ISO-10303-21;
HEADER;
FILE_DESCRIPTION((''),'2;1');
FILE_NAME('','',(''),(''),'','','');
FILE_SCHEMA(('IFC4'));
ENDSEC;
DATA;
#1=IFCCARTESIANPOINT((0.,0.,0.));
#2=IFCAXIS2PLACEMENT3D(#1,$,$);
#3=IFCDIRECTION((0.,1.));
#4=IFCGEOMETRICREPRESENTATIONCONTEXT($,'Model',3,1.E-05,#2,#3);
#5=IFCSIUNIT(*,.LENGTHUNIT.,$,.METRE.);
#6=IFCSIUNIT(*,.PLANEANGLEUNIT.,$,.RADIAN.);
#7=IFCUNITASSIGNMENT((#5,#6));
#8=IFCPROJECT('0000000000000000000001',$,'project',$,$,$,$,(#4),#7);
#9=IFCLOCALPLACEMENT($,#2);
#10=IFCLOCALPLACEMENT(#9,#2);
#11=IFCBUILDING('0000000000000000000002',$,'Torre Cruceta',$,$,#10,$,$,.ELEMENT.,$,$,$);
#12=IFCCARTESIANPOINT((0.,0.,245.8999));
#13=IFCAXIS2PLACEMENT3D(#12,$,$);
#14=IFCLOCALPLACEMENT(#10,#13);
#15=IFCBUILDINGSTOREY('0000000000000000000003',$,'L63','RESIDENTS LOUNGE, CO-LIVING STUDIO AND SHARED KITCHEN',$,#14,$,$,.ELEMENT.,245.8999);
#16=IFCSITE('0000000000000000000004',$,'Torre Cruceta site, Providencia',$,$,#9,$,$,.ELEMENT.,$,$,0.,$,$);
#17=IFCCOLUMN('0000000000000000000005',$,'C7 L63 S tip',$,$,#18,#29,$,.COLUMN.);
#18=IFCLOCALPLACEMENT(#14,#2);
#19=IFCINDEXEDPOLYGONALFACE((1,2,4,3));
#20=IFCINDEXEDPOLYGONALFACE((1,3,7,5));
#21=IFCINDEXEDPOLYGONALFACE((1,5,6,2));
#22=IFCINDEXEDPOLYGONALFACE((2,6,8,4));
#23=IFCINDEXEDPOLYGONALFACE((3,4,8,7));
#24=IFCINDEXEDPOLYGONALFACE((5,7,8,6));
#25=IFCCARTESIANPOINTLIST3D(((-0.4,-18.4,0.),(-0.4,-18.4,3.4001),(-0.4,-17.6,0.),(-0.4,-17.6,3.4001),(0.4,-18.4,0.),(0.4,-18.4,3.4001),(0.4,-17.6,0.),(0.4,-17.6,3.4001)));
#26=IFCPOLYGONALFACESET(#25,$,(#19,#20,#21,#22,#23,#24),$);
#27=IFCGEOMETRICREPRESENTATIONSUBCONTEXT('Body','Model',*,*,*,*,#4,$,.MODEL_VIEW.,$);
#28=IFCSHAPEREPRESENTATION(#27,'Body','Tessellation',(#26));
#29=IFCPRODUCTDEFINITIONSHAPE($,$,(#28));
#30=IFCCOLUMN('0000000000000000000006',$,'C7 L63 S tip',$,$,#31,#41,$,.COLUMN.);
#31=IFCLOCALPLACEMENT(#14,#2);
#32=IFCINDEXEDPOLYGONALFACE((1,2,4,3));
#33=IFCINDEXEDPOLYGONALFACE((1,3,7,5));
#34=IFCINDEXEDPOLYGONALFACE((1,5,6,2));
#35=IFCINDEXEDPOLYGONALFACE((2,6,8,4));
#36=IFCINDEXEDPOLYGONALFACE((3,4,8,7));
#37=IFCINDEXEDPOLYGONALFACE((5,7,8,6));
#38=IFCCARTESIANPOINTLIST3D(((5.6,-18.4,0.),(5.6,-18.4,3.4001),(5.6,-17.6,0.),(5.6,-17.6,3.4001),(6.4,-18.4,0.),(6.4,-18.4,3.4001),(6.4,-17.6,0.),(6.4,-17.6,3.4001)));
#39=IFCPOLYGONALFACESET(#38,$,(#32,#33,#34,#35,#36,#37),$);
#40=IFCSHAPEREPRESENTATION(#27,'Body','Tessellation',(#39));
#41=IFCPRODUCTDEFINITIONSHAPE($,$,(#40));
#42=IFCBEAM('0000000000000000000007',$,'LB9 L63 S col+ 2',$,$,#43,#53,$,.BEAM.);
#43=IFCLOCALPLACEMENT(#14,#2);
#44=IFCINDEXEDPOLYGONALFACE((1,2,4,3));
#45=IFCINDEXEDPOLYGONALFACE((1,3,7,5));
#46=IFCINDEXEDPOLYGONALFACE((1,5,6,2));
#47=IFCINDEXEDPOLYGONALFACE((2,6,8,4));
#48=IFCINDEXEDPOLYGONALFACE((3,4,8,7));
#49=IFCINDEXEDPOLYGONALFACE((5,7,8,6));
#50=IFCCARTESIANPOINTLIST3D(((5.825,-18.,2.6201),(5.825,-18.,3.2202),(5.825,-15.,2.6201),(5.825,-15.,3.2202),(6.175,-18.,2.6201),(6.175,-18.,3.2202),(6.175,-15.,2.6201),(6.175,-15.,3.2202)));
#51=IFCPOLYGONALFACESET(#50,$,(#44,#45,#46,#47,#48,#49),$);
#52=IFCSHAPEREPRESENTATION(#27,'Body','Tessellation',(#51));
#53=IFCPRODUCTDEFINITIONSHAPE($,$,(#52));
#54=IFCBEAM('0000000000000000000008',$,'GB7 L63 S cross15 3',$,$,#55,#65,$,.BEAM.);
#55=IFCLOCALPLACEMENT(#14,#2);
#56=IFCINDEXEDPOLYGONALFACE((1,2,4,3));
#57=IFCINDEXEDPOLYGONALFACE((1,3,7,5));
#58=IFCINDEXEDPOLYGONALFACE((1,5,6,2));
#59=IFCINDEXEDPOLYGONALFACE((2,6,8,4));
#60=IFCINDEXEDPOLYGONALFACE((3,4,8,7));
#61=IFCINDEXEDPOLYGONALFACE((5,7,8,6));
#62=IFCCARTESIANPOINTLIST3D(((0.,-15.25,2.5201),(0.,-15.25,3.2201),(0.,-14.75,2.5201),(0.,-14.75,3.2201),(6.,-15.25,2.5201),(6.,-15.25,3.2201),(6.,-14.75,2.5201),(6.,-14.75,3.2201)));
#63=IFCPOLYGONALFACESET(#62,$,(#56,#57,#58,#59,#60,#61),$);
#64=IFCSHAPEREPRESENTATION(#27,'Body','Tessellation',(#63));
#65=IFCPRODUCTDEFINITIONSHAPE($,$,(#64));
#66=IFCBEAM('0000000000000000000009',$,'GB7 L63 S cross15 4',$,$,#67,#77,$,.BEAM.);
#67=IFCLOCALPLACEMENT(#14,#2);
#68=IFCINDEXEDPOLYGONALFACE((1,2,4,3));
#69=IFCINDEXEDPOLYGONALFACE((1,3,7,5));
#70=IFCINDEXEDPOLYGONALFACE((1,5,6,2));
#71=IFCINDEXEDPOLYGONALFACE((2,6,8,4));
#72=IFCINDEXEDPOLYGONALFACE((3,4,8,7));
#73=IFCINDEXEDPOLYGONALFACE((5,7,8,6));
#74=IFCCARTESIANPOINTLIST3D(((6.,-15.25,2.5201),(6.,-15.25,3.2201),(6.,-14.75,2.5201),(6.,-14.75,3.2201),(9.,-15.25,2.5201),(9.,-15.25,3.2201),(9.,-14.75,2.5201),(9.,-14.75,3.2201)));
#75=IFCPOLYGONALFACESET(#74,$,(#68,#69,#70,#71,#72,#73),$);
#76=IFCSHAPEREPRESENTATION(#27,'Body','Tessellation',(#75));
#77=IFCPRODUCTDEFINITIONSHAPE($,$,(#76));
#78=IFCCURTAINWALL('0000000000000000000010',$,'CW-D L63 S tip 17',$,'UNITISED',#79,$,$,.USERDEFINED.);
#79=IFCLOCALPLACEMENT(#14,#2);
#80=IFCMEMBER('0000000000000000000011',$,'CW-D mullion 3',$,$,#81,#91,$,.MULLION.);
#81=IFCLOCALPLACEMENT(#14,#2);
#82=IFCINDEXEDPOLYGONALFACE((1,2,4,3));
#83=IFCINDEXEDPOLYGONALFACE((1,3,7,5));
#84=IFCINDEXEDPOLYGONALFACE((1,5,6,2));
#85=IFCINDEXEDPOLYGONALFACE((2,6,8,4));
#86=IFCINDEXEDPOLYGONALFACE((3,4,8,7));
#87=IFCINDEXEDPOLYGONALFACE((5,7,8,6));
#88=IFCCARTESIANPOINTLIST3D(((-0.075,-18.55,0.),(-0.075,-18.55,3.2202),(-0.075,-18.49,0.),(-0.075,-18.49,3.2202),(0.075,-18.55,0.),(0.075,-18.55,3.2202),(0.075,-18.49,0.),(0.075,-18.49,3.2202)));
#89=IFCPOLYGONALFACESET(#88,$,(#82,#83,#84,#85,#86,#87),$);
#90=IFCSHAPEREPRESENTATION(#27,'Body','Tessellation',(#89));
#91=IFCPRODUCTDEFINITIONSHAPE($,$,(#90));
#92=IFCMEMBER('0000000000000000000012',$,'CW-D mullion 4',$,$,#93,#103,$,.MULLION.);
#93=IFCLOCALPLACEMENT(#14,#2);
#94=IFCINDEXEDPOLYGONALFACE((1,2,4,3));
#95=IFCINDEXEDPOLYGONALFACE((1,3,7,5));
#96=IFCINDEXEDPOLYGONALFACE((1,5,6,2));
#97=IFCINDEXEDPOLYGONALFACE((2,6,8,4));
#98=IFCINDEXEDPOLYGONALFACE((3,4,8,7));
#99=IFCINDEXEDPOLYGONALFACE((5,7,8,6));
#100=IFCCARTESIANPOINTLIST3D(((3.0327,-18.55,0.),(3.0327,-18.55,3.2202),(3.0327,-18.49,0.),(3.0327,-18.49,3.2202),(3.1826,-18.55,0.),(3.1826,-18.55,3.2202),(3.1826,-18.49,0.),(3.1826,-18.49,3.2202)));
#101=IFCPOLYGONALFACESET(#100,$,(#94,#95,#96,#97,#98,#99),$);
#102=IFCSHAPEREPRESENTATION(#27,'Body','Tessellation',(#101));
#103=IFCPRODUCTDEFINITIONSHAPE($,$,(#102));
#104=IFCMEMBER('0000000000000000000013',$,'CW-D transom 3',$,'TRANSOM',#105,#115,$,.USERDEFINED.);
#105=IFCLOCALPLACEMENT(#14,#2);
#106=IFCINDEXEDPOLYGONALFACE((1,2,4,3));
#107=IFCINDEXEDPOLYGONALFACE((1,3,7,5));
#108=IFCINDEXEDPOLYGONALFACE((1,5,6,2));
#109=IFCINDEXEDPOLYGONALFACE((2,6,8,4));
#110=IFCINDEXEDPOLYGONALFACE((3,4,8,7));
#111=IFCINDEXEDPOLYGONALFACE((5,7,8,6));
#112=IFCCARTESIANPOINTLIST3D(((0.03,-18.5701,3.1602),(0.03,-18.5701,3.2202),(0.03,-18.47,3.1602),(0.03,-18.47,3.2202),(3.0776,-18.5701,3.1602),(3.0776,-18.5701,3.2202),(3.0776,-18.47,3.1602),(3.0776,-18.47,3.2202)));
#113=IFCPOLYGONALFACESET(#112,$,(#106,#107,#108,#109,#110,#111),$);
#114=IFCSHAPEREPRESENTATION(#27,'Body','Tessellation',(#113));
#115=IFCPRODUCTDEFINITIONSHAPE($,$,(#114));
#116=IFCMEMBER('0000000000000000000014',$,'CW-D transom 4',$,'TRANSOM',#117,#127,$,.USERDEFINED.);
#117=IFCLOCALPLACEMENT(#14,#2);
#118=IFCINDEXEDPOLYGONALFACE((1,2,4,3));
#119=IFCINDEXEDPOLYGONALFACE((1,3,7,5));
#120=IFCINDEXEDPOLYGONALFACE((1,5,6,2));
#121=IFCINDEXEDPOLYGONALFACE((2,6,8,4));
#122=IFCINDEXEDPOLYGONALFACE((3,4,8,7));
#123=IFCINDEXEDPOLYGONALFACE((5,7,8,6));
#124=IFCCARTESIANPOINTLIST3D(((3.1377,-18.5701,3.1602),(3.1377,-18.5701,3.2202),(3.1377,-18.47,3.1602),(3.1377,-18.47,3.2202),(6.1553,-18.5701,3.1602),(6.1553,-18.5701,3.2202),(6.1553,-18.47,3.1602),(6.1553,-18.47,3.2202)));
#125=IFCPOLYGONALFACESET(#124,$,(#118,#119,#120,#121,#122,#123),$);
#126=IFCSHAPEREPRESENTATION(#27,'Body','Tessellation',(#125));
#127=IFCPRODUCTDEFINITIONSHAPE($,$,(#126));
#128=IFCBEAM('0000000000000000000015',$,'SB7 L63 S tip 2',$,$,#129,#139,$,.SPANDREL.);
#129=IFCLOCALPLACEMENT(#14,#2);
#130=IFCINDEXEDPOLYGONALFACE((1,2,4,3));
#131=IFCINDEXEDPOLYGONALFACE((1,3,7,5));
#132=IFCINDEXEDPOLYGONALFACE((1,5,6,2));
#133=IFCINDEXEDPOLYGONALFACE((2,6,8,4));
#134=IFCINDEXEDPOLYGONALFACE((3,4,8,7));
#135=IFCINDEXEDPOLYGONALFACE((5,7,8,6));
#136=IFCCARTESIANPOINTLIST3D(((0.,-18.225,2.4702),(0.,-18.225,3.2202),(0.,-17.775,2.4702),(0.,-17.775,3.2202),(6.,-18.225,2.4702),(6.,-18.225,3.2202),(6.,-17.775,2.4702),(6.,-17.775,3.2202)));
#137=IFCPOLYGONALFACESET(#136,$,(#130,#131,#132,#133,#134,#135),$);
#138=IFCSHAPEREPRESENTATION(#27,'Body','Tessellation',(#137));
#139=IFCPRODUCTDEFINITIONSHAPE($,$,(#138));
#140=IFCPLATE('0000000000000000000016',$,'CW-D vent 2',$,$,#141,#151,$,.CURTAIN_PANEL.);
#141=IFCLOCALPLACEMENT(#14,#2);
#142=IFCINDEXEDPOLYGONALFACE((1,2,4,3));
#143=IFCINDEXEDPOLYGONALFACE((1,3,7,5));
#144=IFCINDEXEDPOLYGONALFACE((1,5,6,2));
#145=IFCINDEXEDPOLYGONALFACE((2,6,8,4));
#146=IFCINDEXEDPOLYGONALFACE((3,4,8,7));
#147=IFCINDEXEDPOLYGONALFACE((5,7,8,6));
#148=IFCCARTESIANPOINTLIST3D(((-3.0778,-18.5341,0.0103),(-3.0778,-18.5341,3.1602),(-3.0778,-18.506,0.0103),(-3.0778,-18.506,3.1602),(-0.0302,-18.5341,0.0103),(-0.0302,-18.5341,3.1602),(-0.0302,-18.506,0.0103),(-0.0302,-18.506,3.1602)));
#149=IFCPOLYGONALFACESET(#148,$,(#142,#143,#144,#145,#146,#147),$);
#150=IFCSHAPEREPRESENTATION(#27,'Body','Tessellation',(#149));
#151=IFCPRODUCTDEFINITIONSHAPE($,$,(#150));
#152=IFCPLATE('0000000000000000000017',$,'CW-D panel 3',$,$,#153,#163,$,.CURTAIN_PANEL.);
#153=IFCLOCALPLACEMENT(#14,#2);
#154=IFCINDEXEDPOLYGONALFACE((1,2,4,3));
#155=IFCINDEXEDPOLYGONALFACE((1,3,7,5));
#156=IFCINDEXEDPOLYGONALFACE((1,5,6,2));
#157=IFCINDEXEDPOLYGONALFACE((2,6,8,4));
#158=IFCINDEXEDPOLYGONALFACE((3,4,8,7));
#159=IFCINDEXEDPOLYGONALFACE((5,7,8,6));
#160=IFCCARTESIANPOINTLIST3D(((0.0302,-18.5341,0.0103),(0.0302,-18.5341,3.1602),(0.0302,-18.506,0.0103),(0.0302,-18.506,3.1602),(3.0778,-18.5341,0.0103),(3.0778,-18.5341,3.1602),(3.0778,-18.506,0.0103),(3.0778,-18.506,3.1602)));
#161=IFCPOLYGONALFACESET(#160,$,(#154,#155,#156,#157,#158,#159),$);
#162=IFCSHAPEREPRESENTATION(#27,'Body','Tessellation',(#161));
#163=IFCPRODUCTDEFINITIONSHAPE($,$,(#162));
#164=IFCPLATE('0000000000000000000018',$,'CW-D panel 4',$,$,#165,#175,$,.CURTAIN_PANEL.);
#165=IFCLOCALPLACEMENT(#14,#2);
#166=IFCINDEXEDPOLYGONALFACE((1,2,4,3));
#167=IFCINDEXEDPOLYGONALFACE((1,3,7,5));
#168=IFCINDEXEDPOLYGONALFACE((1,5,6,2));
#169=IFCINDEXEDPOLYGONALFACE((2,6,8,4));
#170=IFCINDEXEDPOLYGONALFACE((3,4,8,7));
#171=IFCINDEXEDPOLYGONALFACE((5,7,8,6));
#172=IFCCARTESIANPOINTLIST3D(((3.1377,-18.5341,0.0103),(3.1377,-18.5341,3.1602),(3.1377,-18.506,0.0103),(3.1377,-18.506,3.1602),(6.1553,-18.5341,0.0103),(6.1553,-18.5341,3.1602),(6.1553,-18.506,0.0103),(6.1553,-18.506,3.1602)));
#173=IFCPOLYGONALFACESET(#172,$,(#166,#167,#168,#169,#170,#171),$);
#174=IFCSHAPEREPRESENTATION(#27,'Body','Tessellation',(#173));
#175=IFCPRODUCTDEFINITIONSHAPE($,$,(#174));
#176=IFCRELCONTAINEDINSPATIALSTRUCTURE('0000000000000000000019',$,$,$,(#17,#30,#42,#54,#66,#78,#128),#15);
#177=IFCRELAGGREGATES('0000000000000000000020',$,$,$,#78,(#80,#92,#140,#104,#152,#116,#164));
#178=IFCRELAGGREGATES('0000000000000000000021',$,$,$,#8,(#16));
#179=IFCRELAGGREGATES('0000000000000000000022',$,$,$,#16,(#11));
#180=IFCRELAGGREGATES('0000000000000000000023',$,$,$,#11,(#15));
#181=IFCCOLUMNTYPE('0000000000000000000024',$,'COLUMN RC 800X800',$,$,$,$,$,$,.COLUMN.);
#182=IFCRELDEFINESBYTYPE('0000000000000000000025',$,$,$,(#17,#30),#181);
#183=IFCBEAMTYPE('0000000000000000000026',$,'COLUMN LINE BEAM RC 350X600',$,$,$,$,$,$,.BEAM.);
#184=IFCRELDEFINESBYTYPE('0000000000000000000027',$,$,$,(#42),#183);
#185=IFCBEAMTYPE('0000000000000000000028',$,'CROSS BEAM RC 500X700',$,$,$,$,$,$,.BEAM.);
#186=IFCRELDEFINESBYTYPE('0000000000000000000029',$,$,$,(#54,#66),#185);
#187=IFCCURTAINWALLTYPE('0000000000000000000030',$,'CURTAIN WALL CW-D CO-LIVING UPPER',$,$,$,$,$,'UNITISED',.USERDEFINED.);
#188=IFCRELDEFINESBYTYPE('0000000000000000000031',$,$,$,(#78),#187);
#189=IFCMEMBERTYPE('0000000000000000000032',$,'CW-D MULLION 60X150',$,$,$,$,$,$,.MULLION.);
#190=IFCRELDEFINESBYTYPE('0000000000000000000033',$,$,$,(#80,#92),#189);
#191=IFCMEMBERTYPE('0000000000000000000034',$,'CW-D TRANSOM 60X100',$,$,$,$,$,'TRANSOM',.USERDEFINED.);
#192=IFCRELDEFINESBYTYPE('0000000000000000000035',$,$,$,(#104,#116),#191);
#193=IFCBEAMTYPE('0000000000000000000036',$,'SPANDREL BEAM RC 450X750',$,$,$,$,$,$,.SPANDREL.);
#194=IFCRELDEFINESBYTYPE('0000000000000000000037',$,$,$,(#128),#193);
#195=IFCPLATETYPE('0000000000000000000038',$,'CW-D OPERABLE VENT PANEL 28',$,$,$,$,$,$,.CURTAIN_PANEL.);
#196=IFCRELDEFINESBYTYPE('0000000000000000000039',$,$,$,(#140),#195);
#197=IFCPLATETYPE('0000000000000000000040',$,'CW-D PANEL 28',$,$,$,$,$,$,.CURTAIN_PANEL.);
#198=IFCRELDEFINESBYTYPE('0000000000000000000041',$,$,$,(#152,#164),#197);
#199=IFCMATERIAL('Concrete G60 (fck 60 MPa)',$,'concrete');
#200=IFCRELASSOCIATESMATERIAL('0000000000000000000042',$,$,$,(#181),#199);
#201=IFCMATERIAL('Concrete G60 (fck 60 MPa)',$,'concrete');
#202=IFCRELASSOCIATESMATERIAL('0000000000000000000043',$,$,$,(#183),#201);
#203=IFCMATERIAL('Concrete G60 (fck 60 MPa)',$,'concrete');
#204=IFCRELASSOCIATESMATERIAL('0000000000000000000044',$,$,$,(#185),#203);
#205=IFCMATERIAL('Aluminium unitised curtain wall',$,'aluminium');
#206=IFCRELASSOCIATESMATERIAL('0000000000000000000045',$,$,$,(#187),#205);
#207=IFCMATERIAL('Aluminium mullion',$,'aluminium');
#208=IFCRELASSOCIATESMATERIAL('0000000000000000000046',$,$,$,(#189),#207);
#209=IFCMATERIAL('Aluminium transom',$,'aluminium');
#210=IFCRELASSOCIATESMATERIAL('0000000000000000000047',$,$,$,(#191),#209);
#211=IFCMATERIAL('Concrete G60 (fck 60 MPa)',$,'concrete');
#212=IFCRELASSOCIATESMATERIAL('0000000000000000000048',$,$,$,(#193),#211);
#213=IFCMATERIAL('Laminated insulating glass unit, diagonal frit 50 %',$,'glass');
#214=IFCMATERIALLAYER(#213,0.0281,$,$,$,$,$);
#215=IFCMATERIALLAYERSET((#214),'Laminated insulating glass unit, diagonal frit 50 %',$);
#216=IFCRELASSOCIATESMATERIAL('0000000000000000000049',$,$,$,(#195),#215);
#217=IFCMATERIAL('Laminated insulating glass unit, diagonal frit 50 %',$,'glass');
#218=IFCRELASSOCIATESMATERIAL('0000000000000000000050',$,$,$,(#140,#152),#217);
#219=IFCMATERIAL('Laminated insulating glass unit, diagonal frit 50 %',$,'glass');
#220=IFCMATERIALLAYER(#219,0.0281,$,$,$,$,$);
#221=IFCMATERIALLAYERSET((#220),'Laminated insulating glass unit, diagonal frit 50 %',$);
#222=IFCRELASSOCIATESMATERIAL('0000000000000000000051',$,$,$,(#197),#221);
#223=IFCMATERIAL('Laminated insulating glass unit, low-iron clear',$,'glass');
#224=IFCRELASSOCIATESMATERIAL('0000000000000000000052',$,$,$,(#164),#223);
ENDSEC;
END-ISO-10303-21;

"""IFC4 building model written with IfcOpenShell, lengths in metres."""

from ifc_helpers import new_model, si_unit, direction, frame, origin, origin_2d, place, context, subcontext, project, spatial, rectangle, extrude, material, layer, layer_set, material_profile, profile_set, type_object, element, aggregate, save


model = new_model("IFC4")

# Units and contexts
model_context = context("Model", 3, precision=1e-05, world=origin(), true_north=direction((0.0, 1.0)))
body_context = subcontext(model_context, "Body", "Model", "MODEL_VIEW")
ifc_project = project(units=[si_unit("LENGTHUNIT", "METRE"), si_unit("PLANEANGLEUNIT", "RADIAN")], contexts=[model_context])

# Site, building, storey
site_placement = place(None, origin())
site = spatial("IfcSite", under=ifc_project, at=site_placement, Name="Torre Cruceta site, Providencia", CompositionType="ELEMENT", RefElevation=0.0)
building_placement = place(site_placement, origin())
building = spatial("IfcBuilding", under=site, at=building_placement, Name="Torre Cruceta", CompositionType="ELEMENT")
storey_placement = place(building_placement, frame((0.0, 0.0, 245.8999)))
storey = spatial("IfcBuildingStorey", under=building, at=storey_placement, Name="L63", Description="RESIDENTS LOUNGE, CO-LIVING STUDIO AND SHARED KITCHEN", CompositionType="ELEMENT", Elevation=245.8999)

# Columns
ifc_material_1 = material(Name="Concrete G60 (fck 60 MPa)", Category="concrete")
ifc_material_profile_1 = material_profile(ifc_material_1, rectangle(XDim=0.8, YDim=0.8, at=origin_2d()), Name="RC 800X800")
ifc_profile_set_1 = profile_set([ifc_material_profile_1], Name="Concrete G60 (fck 60 MPa)")
column_type = type_object("IfcColumnType", Name="COLUMN RC 800X800", PredefinedType="COLUMN", material=ifc_profile_set_1)
for number, where, z_axis, x_axis, name in (
    (1, (0.0, -18.0, 0.0), (0.0, 0.0, 1.0), (1.0, 0.0, 0.0), "C7 L63 S tip"),
    (2, (6.0, -18.0, 0.0), (0.0, 0.0, 1.0), (1.0, 0.0, 0.0), "C7 L63 S tip"),
):
    element("IfcColumn", number, at=place(storey_placement, frame(where, z_axis=z_axis, x_axis=x_axis)), inside=storey, type_object=column_type, Name=name, PredefinedType="COLUMN", context=body_context, shape_type="SweptSolid", body=[
        extrude(rectangle(XDim=0.8, YDim=0.8, at=origin_2d()), origin(), (0.0, 0.0, 1.0), 3.4001),
    ])

# Beams
ifc_material_2 = material(Name="Concrete G60 (fck 60 MPa)", Category="concrete")
ifc_material_profile_2 = material_profile(ifc_material_2, rectangle(XDim=0.3501, YDim=0.6001, at=origin_2d()), Name="RC 350X600")
ifc_profile_set_2 = profile_set([ifc_material_profile_2], Name="Concrete G60 (fck 60 MPa)")
beam_type_1 = type_object("IfcBeamType", Name="COLUMN LINE BEAM RC 350X600", PredefinedType="BEAM", material=ifc_profile_set_2)
beam_1_placement = place(storey_placement, frame((6.0, -15.0, 2.9202), z_axis=(0.0, -1.0, 0.0), x_axis=(1.0, 0.0, 0.0)))
element("IfcBeam", 3, at=beam_1_placement, inside=storey, type_object=beam_type_1, Name="LB9 L63 S col+ 2", PredefinedType="BEAM", context=body_context, shape_type="SweptSolid", body=[
    extrude(rectangle(XDim=0.3501, YDim=0.6001, at=origin_2d()), origin(), (0.0, 0.0, 1.0), 3.0),
])
ifc_material_3 = material(Name="Concrete G60 (fck 60 MPa)", Category="concrete")
ifc_material_profile_3 = material_profile(ifc_material_3, rectangle(XDim=0.5, YDim=0.7, at=origin_2d()), Name="RC 500X700")
ifc_profile_set_3 = profile_set([ifc_material_profile_3], Name="Concrete G60 (fck 60 MPa)")
beam_type_2 = type_object("IfcBeamType", Name="CROSS BEAM RC 500X700", PredefinedType="BEAM", material=ifc_profile_set_3)
beam_2_placement = place(storey_placement, frame((0.0, -15.0, 2.8701), z_axis=(1.0, 0.0, 0.0), x_axis=(0.0, 1.0, 0.0)))
element("IfcBeam", 4, at=beam_2_placement, inside=storey, type_object=beam_type_2, Name="GB7 L63 S cross15 3", PredefinedType="BEAM", context=body_context, shape_type="SweptSolid", body=[
    extrude(rectangle(XDim=0.5, YDim=0.7, at=origin_2d()), origin(), (0.0, 0.0, 1.0), 6.0),
])
beam_3_placement = place(storey_placement, frame((6.0, -15.0, 2.8701), z_axis=(1.0, 0.0, 0.0), x_axis=(0.0, 1.0, 0.0)))
element("IfcBeam", 5, at=beam_3_placement, inside=storey, type_object=beam_type_2, Name="GB7 L63 S cross15 4", PredefinedType="BEAM", context=body_context, shape_type="SweptSolid", body=[
    extrude(rectangle(XDim=0.5, YDim=0.7, at=origin_2d()), origin(), (0.0, 0.0, 1.0), 3.0),
])

# Curtain wall, members
ifc_material_4 = material(Name="Aluminium unitised curtain wall", Category="aluminium")
curtain_wall_type = type_object("IfcCurtainWallType", Name="CURTAIN WALL CW-D CO-LIVING UPPER", ElementType="UNITISED", PredefinedType="USERDEFINED", material=ifc_material_4)
curtain_wall_placement = place(storey_placement, origin())
curtain_wall = element("IfcCurtainWall", 6, at=curtain_wall_placement, inside=storey, type_object=curtain_wall_type, Name="CW-D L63 S tip 17", ObjectType="UNITISED", PredefinedType="USERDEFINED")
ifc_material_5 = material(Name="Aluminium mullion", Category="aluminium")
ifc_material_profile_4 = material_profile(ifc_material_5, rectangle(XDim=0.0601, YDim=0.1499, at=origin_2d()), Name="AL 60X150")
ifc_profile_set_4 = profile_set([ifc_material_profile_4], Name="Aluminium mullion")
member_type_1 = type_object("IfcMemberType", Name="CW-D MULLION 60X150", PredefinedType="MULLION", material=ifc_profile_set_4)
member_1_placement = place(storey_placement, frame((0.0, -18.52, 0.0), z_axis=(0.0, 0.0, 1.0), x_axis=(0.0, 1.0, 0.0)))
member_1 = element("IfcMember", 7, at=member_1_placement, type_object=member_type_1, Name="CW-D mullion 3", PredefinedType="MULLION", context=body_context, shape_type="SweptSolid", body=[
    extrude(rectangle(XDim=0.0601, YDim=0.1499, at=origin_2d()), origin(), (0.0, 0.0, 1.0), 3.2202),
])
member_2_placement = place(storey_placement, frame((3.1077, -18.52, 0.0), z_axis=(0.0, 0.0, 1.0), x_axis=(0.0, 1.0, 0.0)))
member_2 = element("IfcMember", 8, at=member_2_placement, type_object=member_type_1, Name="CW-D mullion 4", PredefinedType="MULLION", context=body_context, shape_type="SweptSolid", body=[
    extrude(rectangle(XDim=0.0601, YDim=0.1499, at=origin_2d()), origin(), (0.0, 0.0, 1.0), 3.2202),
])
ifc_material_6 = material(Name="Aluminium transom", Category="aluminium")
ifc_material_profile_5 = material_profile(ifc_material_6, rectangle(XDim=0.1001, YDim=0.0601, at=origin_2d()), Name="AL 100X60")
ifc_profile_set_5 = profile_set([ifc_material_profile_5], Name="Aluminium transom")
member_type_2 = type_object("IfcMemberType", Name="CW-D TRANSOM 60X100", ElementType="TRANSOM", PredefinedType="USERDEFINED", material=ifc_profile_set_5)
member_3_placement = place(storey_placement, frame((0.03, -18.52, 3.1902), z_axis=(1.0, 0.0, 0.0), x_axis=(0.0, 1.0, 0.0)))
member_3 = element("IfcMember", 9, at=member_3_placement, type_object=member_type_2, Name="CW-D transom 3", ObjectType="TRANSOM", PredefinedType="USERDEFINED", context=body_context, shape_type="SweptSolid", body=[
    extrude(rectangle(XDim=0.1001, YDim=0.0601, at=origin_2d()), origin(), (0.0, 0.0, 1.0), 3.0476),
])
member_4_placement = place(storey_placement, frame((3.1377, -18.52, 3.1902), z_axis=(1.0, 0.0, 0.0), x_axis=(0.0, 1.0, 0.0)))
member_4 = element("IfcMember", 10, at=member_4_placement, type_object=member_type_2, Name="CW-D transom 4", ObjectType="TRANSOM", PredefinedType="USERDEFINED", context=body_context, shape_type="SweptSolid", body=[
    extrude(rectangle(XDim=0.1001, YDim=0.0601, at=origin_2d()), origin(), (0.0, 0.0, 1.0), 3.0176),
])

# Beam
ifc_material_7 = material(Name="Concrete G60 (fck 60 MPa)", Category="concrete")
ifc_material_profile_6 = material_profile(ifc_material_7, rectangle(XDim=0.45, YDim=0.75, at=origin_2d()), Name="RC 450X750")
ifc_profile_set_6 = profile_set([ifc_material_profile_6], Name="Concrete G60 (fck 60 MPa)")
beam_type_3 = type_object("IfcBeamType", Name="SPANDREL BEAM RC 450X750", PredefinedType="SPANDREL", material=ifc_profile_set_6)
beam_4_placement = place(storey_placement, frame((0.0, -18.0, 2.8452), z_axis=(1.0, 0.0, 0.0), x_axis=(0.0, 1.0, 0.0)))
element("IfcBeam", 11, at=beam_4_placement, inside=storey, type_object=beam_type_3, Name="SB7 L63 S tip 2", PredefinedType="SPANDREL", context=body_context, shape_type="SweptSolid", body=[
    extrude(rectangle(XDim=0.45, YDim=0.75, at=origin_2d()), origin(), (0.0, 0.0, 1.0), 6.0),
])

# Plates
ifc_material_8 = material(Name="Laminated insulating glass unit, diagonal frit 50 %", Category="glass")
ifc_material_9 = material(Name="Laminated insulating glass unit, diagonal frit 50 %", Category="glass")
ifc_layer_1 = layer(ifc_material_9, 0.0281)
ifc_layer_set_1 = layer_set([ifc_layer_1], Name="Laminated insulating glass unit, diagonal frit 50 %")
plate_type_1 = type_object("IfcPlateType", Name="CW-D OPERABLE VENT PANEL 28", PredefinedType="CURTAIN_PANEL", material=ifc_layer_set_1)
plate_1_placement = place(storey_placement, frame((-1.554, -18.52, 0.0103), z_axis=(0.0, 0.0, 1.0), x_axis=(1.0, 0.0, 0.0)))
plate_1 = element("IfcPlate", 12, at=plate_1_placement, type_object=plate_type_1, material=ifc_material_8, Name="CW-D vent 2", PredefinedType="CURTAIN_PANEL", context=body_context, shape_type="SweptSolid", body=[
    extrude(rectangle(XDim=3.0476, YDim=0.0281, at=origin_2d()), origin(), (0.0, 0.0, 1.0), 3.1499),
])
ifc_material_10 = material(Name="Laminated insulating glass unit, diagonal frit 50 %", Category="glass")
ifc_layer_2 = layer(ifc_material_10, 0.0281)
ifc_layer_set_2 = layer_set([ifc_layer_2], Name="Laminated insulating glass unit, diagonal frit 50 %")
plate_type_2 = type_object("IfcPlateType", Name="CW-D PANEL 28", PredefinedType="CURTAIN_PANEL", material=ifc_layer_set_2)
plate_2_placement = place(storey_placement, frame((1.554, -18.52, 0.0103), z_axis=(0.0, 0.0, 1.0), x_axis=(1.0, 0.0, 0.0)))
plate_2 = element("IfcPlate", 13, at=plate_2_placement, type_object=plate_type_2, material=ifc_material_8, Name="CW-D panel 3", PredefinedType="CURTAIN_PANEL", context=body_context, shape_type="SweptSolid", body=[
    extrude(rectangle(XDim=3.0476, YDim=0.0281, at=origin_2d()), origin(), (0.0, 0.0, 1.0), 3.1499),
])
ifc_material_11 = material(Name="Laminated insulating glass unit, low-iron clear", Category="glass")
plate_3_placement = place(storey_placement, frame((4.6465, -18.52, 0.0103), z_axis=(0.0, 0.0, 1.0), x_axis=(1.0, 0.0, 0.0)))
plate_3 = element("IfcPlate", 14, at=plate_3_placement, type_object=plate_type_2, material=ifc_material_11, Name="CW-D panel 4", PredefinedType="CURTAIN_PANEL", context=body_context, shape_type="SweptSolid", body=[
    extrude(rectangle(XDim=3.0176, YDim=0.0281, at=origin_2d()), origin(), (0.0, 0.0, 1.0), 3.1499),
])
aggregate(curtain_wall, [member_1, member_2, plate_1, member_3, plate_2, member_4, plate_3])

save(model, "model.ifc")
